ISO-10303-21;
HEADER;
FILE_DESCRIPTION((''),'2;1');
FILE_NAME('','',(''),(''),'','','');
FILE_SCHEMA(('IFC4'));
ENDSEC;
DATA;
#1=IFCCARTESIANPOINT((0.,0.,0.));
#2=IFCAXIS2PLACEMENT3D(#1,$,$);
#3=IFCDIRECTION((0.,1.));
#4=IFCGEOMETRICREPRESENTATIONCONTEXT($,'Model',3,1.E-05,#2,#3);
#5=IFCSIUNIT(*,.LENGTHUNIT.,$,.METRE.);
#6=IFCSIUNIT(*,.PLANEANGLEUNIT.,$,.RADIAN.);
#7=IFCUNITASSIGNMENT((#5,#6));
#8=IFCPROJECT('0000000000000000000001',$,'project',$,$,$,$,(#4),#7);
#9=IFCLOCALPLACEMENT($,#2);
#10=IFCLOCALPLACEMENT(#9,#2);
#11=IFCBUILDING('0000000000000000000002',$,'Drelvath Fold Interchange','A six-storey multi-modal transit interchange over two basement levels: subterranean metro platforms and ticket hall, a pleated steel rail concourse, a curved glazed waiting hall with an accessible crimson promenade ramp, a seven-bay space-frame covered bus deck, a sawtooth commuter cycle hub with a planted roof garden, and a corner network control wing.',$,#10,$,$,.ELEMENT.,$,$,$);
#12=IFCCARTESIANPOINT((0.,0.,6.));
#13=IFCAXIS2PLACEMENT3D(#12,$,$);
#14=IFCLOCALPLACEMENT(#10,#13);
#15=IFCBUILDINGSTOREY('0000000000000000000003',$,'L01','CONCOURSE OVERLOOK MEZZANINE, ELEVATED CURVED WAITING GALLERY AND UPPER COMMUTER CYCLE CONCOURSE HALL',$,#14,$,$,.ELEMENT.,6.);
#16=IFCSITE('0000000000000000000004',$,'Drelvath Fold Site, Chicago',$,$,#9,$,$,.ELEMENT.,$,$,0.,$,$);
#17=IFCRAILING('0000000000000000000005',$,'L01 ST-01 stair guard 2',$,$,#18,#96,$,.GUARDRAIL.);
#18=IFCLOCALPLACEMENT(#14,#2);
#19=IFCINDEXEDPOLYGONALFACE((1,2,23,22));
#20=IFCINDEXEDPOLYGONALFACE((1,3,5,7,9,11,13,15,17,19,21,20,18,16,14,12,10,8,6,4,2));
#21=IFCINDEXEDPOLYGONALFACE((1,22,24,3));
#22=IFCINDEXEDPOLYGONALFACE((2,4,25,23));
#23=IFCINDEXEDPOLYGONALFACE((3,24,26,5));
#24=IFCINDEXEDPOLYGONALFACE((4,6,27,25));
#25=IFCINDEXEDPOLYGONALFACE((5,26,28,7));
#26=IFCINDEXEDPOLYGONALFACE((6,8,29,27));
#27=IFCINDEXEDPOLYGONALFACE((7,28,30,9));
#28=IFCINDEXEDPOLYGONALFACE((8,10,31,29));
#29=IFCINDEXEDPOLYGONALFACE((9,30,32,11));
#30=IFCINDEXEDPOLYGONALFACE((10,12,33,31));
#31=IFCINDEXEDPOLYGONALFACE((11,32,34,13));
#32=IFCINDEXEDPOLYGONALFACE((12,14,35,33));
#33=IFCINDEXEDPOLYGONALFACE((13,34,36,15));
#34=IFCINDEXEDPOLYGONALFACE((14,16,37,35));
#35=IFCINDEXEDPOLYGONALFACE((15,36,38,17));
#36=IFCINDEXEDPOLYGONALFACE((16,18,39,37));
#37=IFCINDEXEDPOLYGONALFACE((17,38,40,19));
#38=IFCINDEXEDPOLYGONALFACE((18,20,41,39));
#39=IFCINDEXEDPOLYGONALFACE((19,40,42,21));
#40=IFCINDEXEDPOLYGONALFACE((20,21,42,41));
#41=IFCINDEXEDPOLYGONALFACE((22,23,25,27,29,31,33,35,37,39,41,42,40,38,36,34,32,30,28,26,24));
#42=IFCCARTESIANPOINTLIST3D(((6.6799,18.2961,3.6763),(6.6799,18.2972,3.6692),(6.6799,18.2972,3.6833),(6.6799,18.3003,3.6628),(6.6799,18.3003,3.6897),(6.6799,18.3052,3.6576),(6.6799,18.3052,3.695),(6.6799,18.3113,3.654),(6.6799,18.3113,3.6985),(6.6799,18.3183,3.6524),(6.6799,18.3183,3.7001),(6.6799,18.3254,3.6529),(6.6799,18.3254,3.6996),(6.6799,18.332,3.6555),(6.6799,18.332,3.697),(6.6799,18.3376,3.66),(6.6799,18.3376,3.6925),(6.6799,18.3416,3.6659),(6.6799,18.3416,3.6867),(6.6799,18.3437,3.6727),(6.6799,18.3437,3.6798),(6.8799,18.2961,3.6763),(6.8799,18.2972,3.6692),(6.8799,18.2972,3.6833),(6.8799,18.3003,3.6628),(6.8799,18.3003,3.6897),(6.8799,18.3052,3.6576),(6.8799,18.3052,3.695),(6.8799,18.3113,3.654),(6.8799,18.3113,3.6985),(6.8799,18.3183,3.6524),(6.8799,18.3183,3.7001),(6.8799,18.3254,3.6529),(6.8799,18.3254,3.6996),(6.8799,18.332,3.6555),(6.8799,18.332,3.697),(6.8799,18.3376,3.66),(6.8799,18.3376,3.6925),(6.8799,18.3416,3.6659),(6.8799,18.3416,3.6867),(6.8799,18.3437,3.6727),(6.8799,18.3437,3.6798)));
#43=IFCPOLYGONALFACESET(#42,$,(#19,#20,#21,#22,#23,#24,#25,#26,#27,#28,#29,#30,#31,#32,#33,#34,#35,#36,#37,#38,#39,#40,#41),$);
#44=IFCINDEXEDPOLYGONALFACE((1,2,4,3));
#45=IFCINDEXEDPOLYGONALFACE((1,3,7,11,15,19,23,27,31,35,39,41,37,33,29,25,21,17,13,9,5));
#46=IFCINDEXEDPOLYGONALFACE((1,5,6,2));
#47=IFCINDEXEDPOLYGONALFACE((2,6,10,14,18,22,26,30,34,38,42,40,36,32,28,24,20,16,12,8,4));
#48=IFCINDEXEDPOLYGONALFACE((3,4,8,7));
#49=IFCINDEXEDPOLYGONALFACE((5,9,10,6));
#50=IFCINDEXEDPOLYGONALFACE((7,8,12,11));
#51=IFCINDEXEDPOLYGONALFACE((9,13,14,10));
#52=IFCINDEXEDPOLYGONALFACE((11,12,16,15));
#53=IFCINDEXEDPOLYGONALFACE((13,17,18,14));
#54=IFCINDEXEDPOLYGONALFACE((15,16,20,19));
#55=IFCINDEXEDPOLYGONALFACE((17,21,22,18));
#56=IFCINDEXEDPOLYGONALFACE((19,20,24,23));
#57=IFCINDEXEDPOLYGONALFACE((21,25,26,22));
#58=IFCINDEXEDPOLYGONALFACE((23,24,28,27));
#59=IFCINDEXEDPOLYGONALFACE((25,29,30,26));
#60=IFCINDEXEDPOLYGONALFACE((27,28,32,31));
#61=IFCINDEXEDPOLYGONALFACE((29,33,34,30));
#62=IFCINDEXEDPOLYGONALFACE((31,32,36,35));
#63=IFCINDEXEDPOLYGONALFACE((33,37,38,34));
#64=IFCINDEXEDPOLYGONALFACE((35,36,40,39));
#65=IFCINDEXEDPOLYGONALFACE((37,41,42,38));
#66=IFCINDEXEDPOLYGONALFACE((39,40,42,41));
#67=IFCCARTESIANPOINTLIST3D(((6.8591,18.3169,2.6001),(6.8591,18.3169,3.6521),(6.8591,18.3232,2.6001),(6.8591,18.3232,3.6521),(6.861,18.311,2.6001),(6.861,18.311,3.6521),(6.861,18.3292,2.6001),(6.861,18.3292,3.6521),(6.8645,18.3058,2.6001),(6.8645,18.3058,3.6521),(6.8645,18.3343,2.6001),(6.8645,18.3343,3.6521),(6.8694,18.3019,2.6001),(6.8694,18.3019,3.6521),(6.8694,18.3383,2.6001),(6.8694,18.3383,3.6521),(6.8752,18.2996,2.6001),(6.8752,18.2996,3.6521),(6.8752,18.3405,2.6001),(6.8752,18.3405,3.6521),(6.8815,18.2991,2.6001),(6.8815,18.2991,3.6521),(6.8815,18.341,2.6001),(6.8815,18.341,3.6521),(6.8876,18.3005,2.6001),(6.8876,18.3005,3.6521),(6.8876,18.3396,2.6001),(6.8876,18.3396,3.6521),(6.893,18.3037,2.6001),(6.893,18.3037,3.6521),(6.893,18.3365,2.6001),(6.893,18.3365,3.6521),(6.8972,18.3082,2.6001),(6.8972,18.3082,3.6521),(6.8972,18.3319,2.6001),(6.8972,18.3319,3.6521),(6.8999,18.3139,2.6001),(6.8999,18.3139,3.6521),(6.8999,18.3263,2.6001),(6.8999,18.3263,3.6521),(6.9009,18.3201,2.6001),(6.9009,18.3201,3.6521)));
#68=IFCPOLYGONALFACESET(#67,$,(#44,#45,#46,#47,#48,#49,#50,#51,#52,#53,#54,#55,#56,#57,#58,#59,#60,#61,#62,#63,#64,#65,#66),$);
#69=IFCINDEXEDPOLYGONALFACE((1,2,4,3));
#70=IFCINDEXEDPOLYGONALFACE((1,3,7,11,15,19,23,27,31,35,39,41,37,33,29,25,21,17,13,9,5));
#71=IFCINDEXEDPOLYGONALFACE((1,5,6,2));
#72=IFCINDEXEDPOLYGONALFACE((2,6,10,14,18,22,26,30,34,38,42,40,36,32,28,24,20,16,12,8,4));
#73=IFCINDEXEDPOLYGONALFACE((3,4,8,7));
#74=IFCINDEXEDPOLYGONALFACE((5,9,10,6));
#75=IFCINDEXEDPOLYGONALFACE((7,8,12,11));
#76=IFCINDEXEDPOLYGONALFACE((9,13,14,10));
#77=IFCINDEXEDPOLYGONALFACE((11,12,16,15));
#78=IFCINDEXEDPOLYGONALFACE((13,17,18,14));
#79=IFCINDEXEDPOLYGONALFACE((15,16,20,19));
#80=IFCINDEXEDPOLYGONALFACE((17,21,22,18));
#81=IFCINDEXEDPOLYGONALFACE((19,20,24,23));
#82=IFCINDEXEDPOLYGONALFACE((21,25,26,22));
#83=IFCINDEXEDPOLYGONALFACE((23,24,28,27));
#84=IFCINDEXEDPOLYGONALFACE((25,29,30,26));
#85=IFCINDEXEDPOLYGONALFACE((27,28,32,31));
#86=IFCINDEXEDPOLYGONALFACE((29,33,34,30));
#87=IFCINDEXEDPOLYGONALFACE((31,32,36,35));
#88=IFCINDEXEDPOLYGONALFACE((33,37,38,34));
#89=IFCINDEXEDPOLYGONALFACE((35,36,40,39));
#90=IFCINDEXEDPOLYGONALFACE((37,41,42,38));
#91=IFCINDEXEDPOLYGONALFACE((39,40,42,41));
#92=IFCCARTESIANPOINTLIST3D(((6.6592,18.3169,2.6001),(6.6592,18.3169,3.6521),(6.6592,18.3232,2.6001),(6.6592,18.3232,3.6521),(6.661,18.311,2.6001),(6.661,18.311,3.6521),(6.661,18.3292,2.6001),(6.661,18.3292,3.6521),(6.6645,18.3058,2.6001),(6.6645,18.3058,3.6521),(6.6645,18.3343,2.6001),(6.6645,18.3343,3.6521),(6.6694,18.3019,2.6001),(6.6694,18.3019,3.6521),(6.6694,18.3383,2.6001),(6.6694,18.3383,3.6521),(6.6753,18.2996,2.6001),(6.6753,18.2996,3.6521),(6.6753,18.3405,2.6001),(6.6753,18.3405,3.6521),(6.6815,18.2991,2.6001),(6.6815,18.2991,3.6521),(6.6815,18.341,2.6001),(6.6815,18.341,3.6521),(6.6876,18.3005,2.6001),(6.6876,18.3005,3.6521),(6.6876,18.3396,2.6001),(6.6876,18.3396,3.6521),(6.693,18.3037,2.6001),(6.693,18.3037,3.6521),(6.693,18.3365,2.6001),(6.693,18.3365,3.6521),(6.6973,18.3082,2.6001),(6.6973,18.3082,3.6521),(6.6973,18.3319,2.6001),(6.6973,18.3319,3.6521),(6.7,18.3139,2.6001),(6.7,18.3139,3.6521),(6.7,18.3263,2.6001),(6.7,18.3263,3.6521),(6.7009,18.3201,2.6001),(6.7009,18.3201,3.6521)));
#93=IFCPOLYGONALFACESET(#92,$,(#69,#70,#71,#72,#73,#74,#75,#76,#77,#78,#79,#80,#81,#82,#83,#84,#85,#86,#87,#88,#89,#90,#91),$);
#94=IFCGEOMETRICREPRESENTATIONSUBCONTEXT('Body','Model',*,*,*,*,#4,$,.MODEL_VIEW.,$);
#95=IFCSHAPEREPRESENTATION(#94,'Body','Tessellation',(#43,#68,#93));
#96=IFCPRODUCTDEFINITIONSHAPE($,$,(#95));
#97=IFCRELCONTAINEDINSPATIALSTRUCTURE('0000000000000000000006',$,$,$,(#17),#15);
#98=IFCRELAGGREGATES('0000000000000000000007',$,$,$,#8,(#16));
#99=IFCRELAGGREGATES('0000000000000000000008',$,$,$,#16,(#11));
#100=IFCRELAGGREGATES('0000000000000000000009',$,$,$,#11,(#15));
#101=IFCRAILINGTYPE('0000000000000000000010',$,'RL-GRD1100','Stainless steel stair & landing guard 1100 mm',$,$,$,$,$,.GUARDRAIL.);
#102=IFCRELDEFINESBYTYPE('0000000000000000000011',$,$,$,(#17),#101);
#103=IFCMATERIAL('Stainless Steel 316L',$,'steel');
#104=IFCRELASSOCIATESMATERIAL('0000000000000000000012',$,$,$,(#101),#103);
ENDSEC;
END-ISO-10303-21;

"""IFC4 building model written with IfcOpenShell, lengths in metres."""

from ifc_helpers import new_model, si_unit, direction, frame, origin, origin_2d, place, context, subcontext, project, spatial, circle, extrude, material, type_object, element, save


model = new_model("IFC4")

# Units and contexts
model_context = context("Model", 3, precision=1e-05, world=origin(), true_north=direction((0.0, 1.0)))
body_context = subcontext(model_context, "Body", "Model", "MODEL_VIEW")
ifc_project = project(units=[si_unit("LENGTHUNIT", "METRE"), si_unit("PLANEANGLEUNIT", "RADIAN")], contexts=[model_context])

# Site, building, storey
site_placement = place(None, origin())
site = spatial("IfcSite", under=ifc_project, at=site_placement, Name="Drelvath Fold Site, Chicago", CompositionType="ELEMENT", RefElevation=0.0)
building_placement = place(site_placement, origin())
building = spatial("IfcBuilding", under=site, at=building_placement, Name="Drelvath Fold Interchange", Description="A six-storey multi-modal transit interchange over two basement levels: subterranean metro platforms and ticket hall, a pleated steel rail concourse, a curved glazed waiting hall with an accessible crimson promenade ramp, a seven-bay space-frame covered bus deck, a sawtooth commuter cycle hub with a planted roof garden, and a corner network control wing.", CompositionType="ELEMENT")
storey_placement = place(building_placement, frame((0.0, 0.0, 6.0)))
storey = spatial("IfcBuildingStorey", under=building, at=storey_placement, Name="L01", Description="CONCOURSE OVERLOOK MEZZANINE, ELEVATED CURVED WAITING GALLERY AND UPPER COMMUTER CYCLE CONCOURSE HALL", CompositionType="ELEMENT", Elevation=6.0)

# Railing
ifc_material_1 = material(Name="Stainless Steel 316L", Category="steel")
railing_type_1 = type_object("IfcRailingType", Name="RL-GRD1100", Description="Stainless steel stair & landing guard 1100 mm", PredefinedType="GUARDRAIL", material=ifc_material_1)
railing_1_placement = place(storey_placement, frame((6.8799, 18.3201, 2.6001)))
element("IfcRailing", 1, at=railing_1_placement, inside=storey, type_object=railing_type_1, Name="L01 ST-01 stair guard 2", PredefinedType="GUARDRAIL", context=body_context, shape_type="SweptSolid", body=[
    extrude(circle(Radius=0.0239, at=origin_2d()), frame((0.0, 0.0, 1.0762), z_axis=(-1.0, 0.0, 0.0), x_axis=(0.0, -1.0, 0.0)), (0.0, 0.0, 1.0), 0.2),
    extrude(circle(Radius=0.021, at=origin_2d()), origin(), (0.0, 0.0, 1.0), 1.052),
    extrude(circle(Radius=0.021, at=origin_2d()), frame((-0.2, 0.0, 0.0)), (0.0, 0.0, 1.0), 1.052),
])

save(model, "model.ifc")
